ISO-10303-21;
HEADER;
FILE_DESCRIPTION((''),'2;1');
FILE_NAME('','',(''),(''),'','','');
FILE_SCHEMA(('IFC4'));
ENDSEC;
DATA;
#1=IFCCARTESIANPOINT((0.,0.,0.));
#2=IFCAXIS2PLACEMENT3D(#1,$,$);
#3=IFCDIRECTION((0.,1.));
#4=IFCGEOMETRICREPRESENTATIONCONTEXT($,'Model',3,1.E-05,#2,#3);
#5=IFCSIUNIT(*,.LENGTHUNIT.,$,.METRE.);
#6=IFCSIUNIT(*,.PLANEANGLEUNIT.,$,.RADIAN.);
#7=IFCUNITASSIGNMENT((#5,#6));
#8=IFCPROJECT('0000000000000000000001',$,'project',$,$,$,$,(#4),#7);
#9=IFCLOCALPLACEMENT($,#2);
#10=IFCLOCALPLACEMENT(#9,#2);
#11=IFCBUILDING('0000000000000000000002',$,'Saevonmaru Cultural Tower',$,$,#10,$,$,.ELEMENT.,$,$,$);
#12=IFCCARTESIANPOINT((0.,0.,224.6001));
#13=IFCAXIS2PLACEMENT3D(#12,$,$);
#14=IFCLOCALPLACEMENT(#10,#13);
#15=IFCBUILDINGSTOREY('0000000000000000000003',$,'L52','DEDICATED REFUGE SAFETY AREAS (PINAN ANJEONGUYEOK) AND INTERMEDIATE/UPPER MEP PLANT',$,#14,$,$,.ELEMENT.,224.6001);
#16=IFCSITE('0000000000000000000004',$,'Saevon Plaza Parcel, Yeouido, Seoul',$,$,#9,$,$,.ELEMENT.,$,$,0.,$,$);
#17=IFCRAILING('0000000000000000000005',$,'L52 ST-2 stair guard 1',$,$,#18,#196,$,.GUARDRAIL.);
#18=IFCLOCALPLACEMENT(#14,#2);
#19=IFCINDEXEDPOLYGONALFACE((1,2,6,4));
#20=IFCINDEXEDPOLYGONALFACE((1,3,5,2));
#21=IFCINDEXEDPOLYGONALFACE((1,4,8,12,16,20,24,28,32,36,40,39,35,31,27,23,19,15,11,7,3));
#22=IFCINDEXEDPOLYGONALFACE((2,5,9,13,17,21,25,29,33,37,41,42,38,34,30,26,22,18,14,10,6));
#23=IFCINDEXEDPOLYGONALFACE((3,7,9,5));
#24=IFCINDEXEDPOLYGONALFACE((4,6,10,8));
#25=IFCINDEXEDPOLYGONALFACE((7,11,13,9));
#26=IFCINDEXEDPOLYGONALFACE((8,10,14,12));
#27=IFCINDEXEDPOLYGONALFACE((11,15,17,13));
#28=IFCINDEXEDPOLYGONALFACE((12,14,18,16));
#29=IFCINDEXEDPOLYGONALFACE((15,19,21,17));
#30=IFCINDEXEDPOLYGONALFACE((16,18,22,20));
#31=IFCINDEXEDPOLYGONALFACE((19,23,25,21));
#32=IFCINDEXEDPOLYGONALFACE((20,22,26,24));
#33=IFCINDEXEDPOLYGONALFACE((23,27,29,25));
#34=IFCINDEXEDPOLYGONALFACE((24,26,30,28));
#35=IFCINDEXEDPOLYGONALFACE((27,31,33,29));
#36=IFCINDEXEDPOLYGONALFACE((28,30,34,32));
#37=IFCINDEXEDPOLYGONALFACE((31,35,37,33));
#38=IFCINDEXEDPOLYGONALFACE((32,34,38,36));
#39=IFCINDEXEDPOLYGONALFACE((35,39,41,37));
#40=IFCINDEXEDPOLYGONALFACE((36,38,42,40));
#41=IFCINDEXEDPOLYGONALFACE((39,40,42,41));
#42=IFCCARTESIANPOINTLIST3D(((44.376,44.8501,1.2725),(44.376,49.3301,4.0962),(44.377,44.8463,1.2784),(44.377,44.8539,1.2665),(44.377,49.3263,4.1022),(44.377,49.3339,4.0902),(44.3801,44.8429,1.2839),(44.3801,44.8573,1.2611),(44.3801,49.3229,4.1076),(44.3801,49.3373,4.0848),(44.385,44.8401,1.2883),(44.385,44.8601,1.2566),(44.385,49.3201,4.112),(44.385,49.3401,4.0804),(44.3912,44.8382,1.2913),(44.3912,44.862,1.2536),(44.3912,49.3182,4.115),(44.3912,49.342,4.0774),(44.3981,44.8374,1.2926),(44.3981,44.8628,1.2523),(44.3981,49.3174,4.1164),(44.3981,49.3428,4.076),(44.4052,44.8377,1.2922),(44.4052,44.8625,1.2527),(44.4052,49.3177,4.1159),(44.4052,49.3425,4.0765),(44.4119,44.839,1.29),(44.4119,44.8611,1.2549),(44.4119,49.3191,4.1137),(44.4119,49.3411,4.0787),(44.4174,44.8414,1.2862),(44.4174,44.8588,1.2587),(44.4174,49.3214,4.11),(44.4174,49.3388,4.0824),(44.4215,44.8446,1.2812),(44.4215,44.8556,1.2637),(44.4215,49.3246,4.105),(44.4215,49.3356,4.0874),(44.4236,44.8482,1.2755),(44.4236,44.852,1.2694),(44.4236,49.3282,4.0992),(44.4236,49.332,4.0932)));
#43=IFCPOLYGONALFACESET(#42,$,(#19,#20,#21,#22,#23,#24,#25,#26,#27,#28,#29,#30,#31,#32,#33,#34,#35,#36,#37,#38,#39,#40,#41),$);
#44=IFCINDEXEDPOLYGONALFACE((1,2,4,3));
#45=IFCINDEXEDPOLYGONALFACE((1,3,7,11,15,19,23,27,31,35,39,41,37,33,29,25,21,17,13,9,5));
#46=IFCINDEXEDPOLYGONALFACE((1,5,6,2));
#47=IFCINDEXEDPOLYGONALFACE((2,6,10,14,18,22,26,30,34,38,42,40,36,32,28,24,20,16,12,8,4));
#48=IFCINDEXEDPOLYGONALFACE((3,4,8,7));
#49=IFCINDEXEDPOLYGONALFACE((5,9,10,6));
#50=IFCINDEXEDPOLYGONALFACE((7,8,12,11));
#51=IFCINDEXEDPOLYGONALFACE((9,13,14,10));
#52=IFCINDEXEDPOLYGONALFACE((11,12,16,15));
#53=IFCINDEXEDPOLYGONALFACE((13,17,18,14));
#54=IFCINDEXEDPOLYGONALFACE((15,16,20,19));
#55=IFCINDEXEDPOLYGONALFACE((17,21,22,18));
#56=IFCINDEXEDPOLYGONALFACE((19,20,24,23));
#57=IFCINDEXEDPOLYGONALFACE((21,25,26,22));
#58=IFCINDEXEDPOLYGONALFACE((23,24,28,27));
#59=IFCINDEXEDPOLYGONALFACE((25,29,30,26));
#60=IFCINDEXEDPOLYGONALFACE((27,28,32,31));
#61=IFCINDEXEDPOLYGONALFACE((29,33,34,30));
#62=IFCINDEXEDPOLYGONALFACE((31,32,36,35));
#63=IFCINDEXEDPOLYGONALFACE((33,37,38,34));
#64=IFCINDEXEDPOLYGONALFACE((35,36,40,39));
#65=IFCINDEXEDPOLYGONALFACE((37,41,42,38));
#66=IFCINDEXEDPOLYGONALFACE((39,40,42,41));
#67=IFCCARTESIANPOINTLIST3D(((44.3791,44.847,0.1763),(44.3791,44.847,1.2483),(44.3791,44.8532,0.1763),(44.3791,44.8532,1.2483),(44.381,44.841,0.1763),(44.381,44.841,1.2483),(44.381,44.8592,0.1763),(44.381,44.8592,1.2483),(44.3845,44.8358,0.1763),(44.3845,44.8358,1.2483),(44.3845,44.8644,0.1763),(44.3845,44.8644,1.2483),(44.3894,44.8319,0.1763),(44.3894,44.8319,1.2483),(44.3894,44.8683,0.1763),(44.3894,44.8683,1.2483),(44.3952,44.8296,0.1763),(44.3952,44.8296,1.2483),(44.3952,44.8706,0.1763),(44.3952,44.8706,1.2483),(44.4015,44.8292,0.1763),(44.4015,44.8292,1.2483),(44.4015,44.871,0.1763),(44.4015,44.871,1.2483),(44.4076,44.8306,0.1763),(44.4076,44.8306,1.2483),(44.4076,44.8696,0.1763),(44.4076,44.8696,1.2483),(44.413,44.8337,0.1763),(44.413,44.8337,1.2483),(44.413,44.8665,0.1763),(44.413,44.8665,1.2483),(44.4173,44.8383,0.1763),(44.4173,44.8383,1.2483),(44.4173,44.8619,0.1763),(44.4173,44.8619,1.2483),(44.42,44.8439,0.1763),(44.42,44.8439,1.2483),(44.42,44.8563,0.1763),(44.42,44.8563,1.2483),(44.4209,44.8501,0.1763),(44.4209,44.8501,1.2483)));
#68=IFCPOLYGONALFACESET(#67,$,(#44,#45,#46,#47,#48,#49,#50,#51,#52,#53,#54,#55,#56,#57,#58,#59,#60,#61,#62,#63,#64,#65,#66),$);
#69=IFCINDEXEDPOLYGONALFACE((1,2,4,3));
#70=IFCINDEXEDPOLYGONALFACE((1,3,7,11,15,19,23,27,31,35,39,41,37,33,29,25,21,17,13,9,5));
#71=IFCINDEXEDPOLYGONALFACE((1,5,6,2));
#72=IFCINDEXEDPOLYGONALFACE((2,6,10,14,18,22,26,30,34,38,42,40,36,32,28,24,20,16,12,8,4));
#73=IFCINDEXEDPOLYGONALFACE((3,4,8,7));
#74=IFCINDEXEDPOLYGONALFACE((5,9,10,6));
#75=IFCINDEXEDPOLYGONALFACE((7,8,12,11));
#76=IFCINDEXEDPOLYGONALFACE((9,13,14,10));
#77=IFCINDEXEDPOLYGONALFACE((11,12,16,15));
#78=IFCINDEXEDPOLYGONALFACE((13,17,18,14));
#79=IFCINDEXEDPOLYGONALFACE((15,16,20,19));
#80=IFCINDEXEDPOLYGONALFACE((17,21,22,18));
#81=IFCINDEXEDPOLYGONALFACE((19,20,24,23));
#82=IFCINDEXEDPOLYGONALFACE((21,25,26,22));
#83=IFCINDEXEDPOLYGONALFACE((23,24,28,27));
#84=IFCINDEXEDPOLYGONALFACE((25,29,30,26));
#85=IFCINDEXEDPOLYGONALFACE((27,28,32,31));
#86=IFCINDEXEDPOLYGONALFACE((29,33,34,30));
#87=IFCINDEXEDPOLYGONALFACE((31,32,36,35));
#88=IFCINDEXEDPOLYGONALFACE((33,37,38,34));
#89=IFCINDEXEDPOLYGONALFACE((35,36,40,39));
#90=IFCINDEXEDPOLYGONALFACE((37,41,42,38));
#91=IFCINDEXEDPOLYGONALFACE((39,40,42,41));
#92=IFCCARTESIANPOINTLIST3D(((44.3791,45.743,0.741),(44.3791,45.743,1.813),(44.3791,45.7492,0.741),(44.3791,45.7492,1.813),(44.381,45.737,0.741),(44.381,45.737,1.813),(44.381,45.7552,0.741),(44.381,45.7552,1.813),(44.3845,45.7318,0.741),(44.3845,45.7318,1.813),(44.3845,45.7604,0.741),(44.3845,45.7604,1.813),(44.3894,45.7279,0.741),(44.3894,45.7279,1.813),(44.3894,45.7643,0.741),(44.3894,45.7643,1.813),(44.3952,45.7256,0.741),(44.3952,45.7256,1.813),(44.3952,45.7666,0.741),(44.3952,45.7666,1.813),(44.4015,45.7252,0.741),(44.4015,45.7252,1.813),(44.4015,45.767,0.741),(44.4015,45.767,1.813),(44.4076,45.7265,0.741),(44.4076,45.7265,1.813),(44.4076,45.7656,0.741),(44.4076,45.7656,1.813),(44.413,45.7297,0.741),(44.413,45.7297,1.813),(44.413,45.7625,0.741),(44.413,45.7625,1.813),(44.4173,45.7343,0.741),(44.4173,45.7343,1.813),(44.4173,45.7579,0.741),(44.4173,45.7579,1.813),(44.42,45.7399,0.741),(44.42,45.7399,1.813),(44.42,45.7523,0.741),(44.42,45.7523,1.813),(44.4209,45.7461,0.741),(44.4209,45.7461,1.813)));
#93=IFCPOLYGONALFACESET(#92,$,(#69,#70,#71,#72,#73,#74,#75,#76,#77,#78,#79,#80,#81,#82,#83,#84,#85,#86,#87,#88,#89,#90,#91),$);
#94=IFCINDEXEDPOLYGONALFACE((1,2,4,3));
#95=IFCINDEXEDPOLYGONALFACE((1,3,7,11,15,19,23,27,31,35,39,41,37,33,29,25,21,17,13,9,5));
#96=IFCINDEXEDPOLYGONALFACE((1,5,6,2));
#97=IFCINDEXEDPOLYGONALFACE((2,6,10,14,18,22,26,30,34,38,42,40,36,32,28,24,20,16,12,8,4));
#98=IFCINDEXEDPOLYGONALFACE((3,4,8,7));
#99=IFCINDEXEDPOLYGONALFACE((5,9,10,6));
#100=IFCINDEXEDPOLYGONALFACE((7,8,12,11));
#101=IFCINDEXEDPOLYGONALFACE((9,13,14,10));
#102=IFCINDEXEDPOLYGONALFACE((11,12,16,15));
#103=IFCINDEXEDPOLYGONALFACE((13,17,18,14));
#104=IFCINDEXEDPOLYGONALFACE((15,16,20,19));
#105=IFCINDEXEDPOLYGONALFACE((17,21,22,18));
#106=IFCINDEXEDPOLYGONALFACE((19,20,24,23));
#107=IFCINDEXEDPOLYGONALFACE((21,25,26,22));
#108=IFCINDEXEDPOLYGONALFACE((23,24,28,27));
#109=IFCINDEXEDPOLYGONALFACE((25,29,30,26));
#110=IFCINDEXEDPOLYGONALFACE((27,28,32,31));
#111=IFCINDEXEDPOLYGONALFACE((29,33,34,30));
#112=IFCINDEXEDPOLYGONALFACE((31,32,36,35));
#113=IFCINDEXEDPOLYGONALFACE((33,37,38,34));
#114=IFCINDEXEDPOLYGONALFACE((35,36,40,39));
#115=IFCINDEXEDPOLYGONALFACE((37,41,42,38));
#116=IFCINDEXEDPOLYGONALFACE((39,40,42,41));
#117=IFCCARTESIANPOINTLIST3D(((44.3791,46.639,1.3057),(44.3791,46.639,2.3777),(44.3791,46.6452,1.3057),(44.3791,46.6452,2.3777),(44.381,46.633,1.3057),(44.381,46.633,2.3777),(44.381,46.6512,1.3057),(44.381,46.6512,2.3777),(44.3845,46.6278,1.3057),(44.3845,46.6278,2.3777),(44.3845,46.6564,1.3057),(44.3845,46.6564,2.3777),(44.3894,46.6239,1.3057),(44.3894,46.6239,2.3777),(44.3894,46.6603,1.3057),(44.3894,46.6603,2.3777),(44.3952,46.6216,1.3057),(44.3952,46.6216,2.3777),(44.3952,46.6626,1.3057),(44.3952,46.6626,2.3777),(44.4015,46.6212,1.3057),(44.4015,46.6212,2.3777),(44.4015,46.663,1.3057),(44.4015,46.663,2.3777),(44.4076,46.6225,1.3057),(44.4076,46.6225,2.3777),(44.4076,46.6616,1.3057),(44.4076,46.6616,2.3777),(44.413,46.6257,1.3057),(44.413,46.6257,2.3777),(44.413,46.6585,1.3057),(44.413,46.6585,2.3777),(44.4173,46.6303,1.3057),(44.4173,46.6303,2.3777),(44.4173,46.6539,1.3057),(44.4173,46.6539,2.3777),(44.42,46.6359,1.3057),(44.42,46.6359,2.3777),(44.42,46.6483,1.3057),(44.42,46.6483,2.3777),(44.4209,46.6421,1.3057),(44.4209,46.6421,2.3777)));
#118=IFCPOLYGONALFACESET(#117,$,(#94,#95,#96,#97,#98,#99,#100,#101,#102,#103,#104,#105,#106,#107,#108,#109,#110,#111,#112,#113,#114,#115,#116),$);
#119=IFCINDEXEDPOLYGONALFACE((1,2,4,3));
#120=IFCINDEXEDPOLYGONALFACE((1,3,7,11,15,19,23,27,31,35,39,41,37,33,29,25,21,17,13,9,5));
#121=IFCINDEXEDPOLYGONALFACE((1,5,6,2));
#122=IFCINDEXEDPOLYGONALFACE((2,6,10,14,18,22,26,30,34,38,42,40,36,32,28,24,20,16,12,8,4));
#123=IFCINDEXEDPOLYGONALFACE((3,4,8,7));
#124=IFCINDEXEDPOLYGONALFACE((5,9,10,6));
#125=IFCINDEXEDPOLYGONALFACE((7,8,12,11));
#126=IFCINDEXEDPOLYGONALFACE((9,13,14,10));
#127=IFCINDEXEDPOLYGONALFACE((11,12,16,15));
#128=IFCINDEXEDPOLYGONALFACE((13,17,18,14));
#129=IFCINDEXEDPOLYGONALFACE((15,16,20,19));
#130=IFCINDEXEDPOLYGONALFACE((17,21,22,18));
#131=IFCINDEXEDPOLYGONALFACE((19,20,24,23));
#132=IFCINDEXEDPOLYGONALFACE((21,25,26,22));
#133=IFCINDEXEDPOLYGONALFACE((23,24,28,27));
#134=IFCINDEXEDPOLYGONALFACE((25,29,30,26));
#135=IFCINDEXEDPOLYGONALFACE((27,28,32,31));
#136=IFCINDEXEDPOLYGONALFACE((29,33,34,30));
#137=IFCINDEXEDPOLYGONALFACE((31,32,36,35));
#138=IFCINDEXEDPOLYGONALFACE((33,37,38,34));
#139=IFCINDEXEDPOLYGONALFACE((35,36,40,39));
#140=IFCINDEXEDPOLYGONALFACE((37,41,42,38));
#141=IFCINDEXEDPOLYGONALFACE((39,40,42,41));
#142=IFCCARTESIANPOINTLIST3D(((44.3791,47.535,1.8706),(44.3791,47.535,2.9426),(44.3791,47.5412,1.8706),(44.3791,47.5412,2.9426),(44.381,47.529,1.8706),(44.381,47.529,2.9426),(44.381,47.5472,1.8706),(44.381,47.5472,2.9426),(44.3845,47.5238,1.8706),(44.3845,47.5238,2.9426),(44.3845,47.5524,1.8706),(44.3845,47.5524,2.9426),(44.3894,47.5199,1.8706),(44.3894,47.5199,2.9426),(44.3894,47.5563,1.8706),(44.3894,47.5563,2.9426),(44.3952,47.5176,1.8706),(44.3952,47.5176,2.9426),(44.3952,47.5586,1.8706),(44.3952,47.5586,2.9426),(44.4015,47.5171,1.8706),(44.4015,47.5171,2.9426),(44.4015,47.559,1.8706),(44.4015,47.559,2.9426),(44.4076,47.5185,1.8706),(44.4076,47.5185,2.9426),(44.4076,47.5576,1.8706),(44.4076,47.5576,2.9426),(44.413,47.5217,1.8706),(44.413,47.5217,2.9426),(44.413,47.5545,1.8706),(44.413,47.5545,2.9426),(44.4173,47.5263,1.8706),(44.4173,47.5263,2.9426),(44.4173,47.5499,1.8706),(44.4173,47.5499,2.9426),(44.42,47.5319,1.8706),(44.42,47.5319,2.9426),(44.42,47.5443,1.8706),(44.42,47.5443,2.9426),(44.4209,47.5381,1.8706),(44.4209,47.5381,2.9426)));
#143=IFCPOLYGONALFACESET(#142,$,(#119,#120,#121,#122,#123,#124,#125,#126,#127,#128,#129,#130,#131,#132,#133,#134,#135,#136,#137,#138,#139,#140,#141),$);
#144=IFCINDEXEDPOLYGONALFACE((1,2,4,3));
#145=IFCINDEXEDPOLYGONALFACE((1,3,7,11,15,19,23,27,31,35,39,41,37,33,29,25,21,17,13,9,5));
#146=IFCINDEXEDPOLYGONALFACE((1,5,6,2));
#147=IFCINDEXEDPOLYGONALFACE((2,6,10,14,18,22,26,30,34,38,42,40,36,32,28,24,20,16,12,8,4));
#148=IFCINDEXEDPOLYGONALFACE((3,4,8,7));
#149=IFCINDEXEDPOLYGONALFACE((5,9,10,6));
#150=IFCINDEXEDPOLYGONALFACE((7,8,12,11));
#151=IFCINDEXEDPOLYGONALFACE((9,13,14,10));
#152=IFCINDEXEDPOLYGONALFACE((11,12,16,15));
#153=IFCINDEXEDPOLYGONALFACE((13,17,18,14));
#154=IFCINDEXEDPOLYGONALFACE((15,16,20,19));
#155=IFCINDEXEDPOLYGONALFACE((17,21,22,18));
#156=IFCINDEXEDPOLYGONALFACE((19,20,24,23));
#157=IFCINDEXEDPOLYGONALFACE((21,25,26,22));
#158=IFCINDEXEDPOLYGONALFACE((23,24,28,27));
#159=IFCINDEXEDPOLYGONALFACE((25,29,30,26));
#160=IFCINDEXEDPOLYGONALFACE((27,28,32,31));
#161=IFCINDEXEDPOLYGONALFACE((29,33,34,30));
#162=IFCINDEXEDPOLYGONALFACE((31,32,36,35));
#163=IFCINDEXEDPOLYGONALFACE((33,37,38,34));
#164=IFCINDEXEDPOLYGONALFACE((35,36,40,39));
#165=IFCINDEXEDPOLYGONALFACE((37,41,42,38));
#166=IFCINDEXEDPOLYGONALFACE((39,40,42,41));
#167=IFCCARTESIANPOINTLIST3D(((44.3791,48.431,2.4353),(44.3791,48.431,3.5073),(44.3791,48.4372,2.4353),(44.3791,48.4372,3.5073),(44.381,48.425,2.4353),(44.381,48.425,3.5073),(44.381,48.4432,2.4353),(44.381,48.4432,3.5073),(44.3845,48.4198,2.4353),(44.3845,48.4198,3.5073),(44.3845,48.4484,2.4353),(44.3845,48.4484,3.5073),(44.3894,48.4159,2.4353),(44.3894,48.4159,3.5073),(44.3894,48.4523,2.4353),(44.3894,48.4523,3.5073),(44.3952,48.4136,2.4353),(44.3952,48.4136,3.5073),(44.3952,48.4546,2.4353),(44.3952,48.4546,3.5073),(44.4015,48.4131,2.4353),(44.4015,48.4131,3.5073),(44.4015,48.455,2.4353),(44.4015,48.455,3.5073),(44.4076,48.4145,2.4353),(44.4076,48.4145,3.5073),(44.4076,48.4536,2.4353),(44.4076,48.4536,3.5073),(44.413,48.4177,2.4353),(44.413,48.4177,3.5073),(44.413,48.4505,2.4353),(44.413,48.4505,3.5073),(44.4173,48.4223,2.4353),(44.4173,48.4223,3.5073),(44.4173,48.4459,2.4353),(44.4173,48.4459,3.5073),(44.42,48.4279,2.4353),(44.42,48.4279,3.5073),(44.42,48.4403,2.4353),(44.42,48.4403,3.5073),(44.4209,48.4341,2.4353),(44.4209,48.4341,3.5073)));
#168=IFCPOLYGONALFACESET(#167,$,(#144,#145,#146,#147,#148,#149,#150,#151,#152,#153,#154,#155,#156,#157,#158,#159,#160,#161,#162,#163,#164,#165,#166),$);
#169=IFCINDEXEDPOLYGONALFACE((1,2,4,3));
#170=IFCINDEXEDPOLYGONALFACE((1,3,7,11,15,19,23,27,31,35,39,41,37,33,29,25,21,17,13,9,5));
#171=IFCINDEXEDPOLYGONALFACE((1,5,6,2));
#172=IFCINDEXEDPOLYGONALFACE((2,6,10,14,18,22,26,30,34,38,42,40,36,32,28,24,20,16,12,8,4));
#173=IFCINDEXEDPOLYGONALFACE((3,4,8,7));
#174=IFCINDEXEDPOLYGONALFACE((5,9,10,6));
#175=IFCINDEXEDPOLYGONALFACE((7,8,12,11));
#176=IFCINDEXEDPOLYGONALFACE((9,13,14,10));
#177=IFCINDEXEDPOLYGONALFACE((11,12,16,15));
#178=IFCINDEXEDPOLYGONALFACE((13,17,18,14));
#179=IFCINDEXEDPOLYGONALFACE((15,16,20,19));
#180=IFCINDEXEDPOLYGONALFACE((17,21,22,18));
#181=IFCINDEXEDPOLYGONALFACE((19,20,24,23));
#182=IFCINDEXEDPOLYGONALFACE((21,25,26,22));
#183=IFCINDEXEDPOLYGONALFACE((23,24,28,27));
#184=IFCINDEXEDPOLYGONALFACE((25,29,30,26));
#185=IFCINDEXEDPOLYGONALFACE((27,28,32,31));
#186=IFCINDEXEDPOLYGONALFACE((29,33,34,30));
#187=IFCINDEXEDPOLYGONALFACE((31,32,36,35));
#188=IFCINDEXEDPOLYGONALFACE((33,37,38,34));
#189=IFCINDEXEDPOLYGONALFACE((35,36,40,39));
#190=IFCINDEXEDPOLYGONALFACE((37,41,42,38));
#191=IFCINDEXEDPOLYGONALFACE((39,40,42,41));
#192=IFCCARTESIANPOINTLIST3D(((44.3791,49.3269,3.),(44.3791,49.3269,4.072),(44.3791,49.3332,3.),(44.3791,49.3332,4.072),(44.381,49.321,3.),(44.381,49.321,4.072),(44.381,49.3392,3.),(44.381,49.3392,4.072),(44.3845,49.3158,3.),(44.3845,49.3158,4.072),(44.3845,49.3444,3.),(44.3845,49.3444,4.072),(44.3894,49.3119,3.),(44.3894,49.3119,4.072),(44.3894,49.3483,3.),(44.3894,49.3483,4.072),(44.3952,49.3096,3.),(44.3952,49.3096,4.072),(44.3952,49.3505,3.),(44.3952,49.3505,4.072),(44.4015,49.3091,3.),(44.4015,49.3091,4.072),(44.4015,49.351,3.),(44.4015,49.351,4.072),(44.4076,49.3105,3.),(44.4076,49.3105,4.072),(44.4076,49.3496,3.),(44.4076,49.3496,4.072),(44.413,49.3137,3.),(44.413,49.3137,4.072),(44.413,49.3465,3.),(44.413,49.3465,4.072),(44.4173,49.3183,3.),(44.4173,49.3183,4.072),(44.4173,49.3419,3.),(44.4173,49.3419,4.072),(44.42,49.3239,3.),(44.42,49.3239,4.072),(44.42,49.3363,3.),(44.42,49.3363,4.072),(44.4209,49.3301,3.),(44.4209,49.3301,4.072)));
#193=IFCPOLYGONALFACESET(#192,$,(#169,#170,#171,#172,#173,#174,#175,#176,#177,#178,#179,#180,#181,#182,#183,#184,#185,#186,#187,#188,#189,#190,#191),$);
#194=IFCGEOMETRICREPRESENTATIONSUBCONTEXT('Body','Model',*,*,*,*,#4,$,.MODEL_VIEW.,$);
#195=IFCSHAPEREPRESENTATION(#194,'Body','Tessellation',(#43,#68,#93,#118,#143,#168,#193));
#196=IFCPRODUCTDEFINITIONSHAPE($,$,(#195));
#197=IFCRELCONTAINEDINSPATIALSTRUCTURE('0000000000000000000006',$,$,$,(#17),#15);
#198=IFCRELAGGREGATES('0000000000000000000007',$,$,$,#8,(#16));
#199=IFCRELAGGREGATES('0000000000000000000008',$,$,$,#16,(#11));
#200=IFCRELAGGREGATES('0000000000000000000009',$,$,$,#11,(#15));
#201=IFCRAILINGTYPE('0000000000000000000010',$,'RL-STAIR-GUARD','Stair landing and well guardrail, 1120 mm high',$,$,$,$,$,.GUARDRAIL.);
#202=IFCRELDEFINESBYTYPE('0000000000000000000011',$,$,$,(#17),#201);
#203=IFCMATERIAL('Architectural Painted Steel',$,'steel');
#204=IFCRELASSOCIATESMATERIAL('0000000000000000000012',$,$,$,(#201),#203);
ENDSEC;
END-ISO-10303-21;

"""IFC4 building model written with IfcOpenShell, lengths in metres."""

from ifc_helpers import new_model, si_unit, direction, frame, origin, origin_2d, place, context, subcontext, project, spatial, circle, extrude, material, type_object, element, save


model = new_model("IFC4")

# Units and contexts
model_context = context("Model", 3, precision=1e-05, world=origin(), true_north=direction((0.0, 1.0)))
body_context = subcontext(model_context, "Body", "Model", "MODEL_VIEW")
ifc_project = project(units=[si_unit("LENGTHUNIT", "METRE"), si_unit("PLANEANGLEUNIT", "RADIAN")], contexts=[model_context])

# Site, building, storey
site_placement = place(None, origin())
site = spatial("IfcSite", under=ifc_project, at=site_placement, Name="Saevon Plaza Parcel, Yeouido, Seoul", CompositionType="ELEMENT", RefElevation=0.0)
building_placement = place(site_placement, origin())
building = spatial("IfcBuilding", under=site, at=building_placement, Name="Saevonmaru Cultural Tower", CompositionType="ELEMENT")
storey_placement = place(building_placement, frame((0.0, 0.0, 224.6001)))
storey = spatial("IfcBuildingStorey", under=building, at=storey_placement, Name="L52", Description="DEDICATED REFUGE SAFETY AREAS (PINAN ANJEONGUYEOK) AND INTERMEDIATE/UPPER MEP PLANT", CompositionType="ELEMENT", Elevation=224.6001)

# Railing
ifc_material_1 = material(Name="Architectural Painted Steel", Category="steel")
railing_type_1 = type_object("IfcRailingType", Name="RL-STAIR-GUARD", Description="Stair landing and well guardrail, 1120 mm high", PredefinedType="GUARDRAIL", material=ifc_material_1)
railing_1_placement = place(storey_placement, frame((44.3999, 44.8501, 0.1763)))
element("IfcRailing", 1, at=railing_1_placement, inside=storey, type_object=railing_type_1, Name="L52 ST-2 stair guard 1", PredefinedType="GUARDRAIL", context=body_context, shape_type="SweptSolid", body=[
    extrude(circle(Radius=0.0239, at=origin_2d()), frame((0.0, 0.0, 1.0962), z_axis=(0.0, 0.845977, 0.533219), x_axis=(-1.0, 0.0, 0.0)), (0.0, 0.0, 1.0), 5.2957),
    extrude(circle(Radius=0.021, at=origin_2d()), origin(), (0.0, 0.0, 1.0), 1.072),
    extrude(circle(Radius=0.021, at=origin_2d()), frame((0.0, 0.896, 0.5647)), (0.0, 0.0, 1.0), 1.072),
    extrude(circle(Radius=0.021, at=origin_2d()), frame((0.0, 1.792, 1.1294)), (0.0, 0.0, 1.0), 1.072),
    extrude(circle(Radius=0.021, at=origin_2d()), frame((0.0, 2.688, 1.6943)), (0.0, 0.0, 1.0), 1.072),
    extrude(circle(Radius=0.021, at=origin_2d()), frame((0.0, 3.584, 2.259)), (0.0, 0.0, 1.0), 1.072),
    extrude(circle(Radius=0.021, at=origin_2d()), frame((0.0, 4.48, 2.8237)), (0.0, 0.0, 1.0), 1.072),
])

save(model, "model.ifc")
